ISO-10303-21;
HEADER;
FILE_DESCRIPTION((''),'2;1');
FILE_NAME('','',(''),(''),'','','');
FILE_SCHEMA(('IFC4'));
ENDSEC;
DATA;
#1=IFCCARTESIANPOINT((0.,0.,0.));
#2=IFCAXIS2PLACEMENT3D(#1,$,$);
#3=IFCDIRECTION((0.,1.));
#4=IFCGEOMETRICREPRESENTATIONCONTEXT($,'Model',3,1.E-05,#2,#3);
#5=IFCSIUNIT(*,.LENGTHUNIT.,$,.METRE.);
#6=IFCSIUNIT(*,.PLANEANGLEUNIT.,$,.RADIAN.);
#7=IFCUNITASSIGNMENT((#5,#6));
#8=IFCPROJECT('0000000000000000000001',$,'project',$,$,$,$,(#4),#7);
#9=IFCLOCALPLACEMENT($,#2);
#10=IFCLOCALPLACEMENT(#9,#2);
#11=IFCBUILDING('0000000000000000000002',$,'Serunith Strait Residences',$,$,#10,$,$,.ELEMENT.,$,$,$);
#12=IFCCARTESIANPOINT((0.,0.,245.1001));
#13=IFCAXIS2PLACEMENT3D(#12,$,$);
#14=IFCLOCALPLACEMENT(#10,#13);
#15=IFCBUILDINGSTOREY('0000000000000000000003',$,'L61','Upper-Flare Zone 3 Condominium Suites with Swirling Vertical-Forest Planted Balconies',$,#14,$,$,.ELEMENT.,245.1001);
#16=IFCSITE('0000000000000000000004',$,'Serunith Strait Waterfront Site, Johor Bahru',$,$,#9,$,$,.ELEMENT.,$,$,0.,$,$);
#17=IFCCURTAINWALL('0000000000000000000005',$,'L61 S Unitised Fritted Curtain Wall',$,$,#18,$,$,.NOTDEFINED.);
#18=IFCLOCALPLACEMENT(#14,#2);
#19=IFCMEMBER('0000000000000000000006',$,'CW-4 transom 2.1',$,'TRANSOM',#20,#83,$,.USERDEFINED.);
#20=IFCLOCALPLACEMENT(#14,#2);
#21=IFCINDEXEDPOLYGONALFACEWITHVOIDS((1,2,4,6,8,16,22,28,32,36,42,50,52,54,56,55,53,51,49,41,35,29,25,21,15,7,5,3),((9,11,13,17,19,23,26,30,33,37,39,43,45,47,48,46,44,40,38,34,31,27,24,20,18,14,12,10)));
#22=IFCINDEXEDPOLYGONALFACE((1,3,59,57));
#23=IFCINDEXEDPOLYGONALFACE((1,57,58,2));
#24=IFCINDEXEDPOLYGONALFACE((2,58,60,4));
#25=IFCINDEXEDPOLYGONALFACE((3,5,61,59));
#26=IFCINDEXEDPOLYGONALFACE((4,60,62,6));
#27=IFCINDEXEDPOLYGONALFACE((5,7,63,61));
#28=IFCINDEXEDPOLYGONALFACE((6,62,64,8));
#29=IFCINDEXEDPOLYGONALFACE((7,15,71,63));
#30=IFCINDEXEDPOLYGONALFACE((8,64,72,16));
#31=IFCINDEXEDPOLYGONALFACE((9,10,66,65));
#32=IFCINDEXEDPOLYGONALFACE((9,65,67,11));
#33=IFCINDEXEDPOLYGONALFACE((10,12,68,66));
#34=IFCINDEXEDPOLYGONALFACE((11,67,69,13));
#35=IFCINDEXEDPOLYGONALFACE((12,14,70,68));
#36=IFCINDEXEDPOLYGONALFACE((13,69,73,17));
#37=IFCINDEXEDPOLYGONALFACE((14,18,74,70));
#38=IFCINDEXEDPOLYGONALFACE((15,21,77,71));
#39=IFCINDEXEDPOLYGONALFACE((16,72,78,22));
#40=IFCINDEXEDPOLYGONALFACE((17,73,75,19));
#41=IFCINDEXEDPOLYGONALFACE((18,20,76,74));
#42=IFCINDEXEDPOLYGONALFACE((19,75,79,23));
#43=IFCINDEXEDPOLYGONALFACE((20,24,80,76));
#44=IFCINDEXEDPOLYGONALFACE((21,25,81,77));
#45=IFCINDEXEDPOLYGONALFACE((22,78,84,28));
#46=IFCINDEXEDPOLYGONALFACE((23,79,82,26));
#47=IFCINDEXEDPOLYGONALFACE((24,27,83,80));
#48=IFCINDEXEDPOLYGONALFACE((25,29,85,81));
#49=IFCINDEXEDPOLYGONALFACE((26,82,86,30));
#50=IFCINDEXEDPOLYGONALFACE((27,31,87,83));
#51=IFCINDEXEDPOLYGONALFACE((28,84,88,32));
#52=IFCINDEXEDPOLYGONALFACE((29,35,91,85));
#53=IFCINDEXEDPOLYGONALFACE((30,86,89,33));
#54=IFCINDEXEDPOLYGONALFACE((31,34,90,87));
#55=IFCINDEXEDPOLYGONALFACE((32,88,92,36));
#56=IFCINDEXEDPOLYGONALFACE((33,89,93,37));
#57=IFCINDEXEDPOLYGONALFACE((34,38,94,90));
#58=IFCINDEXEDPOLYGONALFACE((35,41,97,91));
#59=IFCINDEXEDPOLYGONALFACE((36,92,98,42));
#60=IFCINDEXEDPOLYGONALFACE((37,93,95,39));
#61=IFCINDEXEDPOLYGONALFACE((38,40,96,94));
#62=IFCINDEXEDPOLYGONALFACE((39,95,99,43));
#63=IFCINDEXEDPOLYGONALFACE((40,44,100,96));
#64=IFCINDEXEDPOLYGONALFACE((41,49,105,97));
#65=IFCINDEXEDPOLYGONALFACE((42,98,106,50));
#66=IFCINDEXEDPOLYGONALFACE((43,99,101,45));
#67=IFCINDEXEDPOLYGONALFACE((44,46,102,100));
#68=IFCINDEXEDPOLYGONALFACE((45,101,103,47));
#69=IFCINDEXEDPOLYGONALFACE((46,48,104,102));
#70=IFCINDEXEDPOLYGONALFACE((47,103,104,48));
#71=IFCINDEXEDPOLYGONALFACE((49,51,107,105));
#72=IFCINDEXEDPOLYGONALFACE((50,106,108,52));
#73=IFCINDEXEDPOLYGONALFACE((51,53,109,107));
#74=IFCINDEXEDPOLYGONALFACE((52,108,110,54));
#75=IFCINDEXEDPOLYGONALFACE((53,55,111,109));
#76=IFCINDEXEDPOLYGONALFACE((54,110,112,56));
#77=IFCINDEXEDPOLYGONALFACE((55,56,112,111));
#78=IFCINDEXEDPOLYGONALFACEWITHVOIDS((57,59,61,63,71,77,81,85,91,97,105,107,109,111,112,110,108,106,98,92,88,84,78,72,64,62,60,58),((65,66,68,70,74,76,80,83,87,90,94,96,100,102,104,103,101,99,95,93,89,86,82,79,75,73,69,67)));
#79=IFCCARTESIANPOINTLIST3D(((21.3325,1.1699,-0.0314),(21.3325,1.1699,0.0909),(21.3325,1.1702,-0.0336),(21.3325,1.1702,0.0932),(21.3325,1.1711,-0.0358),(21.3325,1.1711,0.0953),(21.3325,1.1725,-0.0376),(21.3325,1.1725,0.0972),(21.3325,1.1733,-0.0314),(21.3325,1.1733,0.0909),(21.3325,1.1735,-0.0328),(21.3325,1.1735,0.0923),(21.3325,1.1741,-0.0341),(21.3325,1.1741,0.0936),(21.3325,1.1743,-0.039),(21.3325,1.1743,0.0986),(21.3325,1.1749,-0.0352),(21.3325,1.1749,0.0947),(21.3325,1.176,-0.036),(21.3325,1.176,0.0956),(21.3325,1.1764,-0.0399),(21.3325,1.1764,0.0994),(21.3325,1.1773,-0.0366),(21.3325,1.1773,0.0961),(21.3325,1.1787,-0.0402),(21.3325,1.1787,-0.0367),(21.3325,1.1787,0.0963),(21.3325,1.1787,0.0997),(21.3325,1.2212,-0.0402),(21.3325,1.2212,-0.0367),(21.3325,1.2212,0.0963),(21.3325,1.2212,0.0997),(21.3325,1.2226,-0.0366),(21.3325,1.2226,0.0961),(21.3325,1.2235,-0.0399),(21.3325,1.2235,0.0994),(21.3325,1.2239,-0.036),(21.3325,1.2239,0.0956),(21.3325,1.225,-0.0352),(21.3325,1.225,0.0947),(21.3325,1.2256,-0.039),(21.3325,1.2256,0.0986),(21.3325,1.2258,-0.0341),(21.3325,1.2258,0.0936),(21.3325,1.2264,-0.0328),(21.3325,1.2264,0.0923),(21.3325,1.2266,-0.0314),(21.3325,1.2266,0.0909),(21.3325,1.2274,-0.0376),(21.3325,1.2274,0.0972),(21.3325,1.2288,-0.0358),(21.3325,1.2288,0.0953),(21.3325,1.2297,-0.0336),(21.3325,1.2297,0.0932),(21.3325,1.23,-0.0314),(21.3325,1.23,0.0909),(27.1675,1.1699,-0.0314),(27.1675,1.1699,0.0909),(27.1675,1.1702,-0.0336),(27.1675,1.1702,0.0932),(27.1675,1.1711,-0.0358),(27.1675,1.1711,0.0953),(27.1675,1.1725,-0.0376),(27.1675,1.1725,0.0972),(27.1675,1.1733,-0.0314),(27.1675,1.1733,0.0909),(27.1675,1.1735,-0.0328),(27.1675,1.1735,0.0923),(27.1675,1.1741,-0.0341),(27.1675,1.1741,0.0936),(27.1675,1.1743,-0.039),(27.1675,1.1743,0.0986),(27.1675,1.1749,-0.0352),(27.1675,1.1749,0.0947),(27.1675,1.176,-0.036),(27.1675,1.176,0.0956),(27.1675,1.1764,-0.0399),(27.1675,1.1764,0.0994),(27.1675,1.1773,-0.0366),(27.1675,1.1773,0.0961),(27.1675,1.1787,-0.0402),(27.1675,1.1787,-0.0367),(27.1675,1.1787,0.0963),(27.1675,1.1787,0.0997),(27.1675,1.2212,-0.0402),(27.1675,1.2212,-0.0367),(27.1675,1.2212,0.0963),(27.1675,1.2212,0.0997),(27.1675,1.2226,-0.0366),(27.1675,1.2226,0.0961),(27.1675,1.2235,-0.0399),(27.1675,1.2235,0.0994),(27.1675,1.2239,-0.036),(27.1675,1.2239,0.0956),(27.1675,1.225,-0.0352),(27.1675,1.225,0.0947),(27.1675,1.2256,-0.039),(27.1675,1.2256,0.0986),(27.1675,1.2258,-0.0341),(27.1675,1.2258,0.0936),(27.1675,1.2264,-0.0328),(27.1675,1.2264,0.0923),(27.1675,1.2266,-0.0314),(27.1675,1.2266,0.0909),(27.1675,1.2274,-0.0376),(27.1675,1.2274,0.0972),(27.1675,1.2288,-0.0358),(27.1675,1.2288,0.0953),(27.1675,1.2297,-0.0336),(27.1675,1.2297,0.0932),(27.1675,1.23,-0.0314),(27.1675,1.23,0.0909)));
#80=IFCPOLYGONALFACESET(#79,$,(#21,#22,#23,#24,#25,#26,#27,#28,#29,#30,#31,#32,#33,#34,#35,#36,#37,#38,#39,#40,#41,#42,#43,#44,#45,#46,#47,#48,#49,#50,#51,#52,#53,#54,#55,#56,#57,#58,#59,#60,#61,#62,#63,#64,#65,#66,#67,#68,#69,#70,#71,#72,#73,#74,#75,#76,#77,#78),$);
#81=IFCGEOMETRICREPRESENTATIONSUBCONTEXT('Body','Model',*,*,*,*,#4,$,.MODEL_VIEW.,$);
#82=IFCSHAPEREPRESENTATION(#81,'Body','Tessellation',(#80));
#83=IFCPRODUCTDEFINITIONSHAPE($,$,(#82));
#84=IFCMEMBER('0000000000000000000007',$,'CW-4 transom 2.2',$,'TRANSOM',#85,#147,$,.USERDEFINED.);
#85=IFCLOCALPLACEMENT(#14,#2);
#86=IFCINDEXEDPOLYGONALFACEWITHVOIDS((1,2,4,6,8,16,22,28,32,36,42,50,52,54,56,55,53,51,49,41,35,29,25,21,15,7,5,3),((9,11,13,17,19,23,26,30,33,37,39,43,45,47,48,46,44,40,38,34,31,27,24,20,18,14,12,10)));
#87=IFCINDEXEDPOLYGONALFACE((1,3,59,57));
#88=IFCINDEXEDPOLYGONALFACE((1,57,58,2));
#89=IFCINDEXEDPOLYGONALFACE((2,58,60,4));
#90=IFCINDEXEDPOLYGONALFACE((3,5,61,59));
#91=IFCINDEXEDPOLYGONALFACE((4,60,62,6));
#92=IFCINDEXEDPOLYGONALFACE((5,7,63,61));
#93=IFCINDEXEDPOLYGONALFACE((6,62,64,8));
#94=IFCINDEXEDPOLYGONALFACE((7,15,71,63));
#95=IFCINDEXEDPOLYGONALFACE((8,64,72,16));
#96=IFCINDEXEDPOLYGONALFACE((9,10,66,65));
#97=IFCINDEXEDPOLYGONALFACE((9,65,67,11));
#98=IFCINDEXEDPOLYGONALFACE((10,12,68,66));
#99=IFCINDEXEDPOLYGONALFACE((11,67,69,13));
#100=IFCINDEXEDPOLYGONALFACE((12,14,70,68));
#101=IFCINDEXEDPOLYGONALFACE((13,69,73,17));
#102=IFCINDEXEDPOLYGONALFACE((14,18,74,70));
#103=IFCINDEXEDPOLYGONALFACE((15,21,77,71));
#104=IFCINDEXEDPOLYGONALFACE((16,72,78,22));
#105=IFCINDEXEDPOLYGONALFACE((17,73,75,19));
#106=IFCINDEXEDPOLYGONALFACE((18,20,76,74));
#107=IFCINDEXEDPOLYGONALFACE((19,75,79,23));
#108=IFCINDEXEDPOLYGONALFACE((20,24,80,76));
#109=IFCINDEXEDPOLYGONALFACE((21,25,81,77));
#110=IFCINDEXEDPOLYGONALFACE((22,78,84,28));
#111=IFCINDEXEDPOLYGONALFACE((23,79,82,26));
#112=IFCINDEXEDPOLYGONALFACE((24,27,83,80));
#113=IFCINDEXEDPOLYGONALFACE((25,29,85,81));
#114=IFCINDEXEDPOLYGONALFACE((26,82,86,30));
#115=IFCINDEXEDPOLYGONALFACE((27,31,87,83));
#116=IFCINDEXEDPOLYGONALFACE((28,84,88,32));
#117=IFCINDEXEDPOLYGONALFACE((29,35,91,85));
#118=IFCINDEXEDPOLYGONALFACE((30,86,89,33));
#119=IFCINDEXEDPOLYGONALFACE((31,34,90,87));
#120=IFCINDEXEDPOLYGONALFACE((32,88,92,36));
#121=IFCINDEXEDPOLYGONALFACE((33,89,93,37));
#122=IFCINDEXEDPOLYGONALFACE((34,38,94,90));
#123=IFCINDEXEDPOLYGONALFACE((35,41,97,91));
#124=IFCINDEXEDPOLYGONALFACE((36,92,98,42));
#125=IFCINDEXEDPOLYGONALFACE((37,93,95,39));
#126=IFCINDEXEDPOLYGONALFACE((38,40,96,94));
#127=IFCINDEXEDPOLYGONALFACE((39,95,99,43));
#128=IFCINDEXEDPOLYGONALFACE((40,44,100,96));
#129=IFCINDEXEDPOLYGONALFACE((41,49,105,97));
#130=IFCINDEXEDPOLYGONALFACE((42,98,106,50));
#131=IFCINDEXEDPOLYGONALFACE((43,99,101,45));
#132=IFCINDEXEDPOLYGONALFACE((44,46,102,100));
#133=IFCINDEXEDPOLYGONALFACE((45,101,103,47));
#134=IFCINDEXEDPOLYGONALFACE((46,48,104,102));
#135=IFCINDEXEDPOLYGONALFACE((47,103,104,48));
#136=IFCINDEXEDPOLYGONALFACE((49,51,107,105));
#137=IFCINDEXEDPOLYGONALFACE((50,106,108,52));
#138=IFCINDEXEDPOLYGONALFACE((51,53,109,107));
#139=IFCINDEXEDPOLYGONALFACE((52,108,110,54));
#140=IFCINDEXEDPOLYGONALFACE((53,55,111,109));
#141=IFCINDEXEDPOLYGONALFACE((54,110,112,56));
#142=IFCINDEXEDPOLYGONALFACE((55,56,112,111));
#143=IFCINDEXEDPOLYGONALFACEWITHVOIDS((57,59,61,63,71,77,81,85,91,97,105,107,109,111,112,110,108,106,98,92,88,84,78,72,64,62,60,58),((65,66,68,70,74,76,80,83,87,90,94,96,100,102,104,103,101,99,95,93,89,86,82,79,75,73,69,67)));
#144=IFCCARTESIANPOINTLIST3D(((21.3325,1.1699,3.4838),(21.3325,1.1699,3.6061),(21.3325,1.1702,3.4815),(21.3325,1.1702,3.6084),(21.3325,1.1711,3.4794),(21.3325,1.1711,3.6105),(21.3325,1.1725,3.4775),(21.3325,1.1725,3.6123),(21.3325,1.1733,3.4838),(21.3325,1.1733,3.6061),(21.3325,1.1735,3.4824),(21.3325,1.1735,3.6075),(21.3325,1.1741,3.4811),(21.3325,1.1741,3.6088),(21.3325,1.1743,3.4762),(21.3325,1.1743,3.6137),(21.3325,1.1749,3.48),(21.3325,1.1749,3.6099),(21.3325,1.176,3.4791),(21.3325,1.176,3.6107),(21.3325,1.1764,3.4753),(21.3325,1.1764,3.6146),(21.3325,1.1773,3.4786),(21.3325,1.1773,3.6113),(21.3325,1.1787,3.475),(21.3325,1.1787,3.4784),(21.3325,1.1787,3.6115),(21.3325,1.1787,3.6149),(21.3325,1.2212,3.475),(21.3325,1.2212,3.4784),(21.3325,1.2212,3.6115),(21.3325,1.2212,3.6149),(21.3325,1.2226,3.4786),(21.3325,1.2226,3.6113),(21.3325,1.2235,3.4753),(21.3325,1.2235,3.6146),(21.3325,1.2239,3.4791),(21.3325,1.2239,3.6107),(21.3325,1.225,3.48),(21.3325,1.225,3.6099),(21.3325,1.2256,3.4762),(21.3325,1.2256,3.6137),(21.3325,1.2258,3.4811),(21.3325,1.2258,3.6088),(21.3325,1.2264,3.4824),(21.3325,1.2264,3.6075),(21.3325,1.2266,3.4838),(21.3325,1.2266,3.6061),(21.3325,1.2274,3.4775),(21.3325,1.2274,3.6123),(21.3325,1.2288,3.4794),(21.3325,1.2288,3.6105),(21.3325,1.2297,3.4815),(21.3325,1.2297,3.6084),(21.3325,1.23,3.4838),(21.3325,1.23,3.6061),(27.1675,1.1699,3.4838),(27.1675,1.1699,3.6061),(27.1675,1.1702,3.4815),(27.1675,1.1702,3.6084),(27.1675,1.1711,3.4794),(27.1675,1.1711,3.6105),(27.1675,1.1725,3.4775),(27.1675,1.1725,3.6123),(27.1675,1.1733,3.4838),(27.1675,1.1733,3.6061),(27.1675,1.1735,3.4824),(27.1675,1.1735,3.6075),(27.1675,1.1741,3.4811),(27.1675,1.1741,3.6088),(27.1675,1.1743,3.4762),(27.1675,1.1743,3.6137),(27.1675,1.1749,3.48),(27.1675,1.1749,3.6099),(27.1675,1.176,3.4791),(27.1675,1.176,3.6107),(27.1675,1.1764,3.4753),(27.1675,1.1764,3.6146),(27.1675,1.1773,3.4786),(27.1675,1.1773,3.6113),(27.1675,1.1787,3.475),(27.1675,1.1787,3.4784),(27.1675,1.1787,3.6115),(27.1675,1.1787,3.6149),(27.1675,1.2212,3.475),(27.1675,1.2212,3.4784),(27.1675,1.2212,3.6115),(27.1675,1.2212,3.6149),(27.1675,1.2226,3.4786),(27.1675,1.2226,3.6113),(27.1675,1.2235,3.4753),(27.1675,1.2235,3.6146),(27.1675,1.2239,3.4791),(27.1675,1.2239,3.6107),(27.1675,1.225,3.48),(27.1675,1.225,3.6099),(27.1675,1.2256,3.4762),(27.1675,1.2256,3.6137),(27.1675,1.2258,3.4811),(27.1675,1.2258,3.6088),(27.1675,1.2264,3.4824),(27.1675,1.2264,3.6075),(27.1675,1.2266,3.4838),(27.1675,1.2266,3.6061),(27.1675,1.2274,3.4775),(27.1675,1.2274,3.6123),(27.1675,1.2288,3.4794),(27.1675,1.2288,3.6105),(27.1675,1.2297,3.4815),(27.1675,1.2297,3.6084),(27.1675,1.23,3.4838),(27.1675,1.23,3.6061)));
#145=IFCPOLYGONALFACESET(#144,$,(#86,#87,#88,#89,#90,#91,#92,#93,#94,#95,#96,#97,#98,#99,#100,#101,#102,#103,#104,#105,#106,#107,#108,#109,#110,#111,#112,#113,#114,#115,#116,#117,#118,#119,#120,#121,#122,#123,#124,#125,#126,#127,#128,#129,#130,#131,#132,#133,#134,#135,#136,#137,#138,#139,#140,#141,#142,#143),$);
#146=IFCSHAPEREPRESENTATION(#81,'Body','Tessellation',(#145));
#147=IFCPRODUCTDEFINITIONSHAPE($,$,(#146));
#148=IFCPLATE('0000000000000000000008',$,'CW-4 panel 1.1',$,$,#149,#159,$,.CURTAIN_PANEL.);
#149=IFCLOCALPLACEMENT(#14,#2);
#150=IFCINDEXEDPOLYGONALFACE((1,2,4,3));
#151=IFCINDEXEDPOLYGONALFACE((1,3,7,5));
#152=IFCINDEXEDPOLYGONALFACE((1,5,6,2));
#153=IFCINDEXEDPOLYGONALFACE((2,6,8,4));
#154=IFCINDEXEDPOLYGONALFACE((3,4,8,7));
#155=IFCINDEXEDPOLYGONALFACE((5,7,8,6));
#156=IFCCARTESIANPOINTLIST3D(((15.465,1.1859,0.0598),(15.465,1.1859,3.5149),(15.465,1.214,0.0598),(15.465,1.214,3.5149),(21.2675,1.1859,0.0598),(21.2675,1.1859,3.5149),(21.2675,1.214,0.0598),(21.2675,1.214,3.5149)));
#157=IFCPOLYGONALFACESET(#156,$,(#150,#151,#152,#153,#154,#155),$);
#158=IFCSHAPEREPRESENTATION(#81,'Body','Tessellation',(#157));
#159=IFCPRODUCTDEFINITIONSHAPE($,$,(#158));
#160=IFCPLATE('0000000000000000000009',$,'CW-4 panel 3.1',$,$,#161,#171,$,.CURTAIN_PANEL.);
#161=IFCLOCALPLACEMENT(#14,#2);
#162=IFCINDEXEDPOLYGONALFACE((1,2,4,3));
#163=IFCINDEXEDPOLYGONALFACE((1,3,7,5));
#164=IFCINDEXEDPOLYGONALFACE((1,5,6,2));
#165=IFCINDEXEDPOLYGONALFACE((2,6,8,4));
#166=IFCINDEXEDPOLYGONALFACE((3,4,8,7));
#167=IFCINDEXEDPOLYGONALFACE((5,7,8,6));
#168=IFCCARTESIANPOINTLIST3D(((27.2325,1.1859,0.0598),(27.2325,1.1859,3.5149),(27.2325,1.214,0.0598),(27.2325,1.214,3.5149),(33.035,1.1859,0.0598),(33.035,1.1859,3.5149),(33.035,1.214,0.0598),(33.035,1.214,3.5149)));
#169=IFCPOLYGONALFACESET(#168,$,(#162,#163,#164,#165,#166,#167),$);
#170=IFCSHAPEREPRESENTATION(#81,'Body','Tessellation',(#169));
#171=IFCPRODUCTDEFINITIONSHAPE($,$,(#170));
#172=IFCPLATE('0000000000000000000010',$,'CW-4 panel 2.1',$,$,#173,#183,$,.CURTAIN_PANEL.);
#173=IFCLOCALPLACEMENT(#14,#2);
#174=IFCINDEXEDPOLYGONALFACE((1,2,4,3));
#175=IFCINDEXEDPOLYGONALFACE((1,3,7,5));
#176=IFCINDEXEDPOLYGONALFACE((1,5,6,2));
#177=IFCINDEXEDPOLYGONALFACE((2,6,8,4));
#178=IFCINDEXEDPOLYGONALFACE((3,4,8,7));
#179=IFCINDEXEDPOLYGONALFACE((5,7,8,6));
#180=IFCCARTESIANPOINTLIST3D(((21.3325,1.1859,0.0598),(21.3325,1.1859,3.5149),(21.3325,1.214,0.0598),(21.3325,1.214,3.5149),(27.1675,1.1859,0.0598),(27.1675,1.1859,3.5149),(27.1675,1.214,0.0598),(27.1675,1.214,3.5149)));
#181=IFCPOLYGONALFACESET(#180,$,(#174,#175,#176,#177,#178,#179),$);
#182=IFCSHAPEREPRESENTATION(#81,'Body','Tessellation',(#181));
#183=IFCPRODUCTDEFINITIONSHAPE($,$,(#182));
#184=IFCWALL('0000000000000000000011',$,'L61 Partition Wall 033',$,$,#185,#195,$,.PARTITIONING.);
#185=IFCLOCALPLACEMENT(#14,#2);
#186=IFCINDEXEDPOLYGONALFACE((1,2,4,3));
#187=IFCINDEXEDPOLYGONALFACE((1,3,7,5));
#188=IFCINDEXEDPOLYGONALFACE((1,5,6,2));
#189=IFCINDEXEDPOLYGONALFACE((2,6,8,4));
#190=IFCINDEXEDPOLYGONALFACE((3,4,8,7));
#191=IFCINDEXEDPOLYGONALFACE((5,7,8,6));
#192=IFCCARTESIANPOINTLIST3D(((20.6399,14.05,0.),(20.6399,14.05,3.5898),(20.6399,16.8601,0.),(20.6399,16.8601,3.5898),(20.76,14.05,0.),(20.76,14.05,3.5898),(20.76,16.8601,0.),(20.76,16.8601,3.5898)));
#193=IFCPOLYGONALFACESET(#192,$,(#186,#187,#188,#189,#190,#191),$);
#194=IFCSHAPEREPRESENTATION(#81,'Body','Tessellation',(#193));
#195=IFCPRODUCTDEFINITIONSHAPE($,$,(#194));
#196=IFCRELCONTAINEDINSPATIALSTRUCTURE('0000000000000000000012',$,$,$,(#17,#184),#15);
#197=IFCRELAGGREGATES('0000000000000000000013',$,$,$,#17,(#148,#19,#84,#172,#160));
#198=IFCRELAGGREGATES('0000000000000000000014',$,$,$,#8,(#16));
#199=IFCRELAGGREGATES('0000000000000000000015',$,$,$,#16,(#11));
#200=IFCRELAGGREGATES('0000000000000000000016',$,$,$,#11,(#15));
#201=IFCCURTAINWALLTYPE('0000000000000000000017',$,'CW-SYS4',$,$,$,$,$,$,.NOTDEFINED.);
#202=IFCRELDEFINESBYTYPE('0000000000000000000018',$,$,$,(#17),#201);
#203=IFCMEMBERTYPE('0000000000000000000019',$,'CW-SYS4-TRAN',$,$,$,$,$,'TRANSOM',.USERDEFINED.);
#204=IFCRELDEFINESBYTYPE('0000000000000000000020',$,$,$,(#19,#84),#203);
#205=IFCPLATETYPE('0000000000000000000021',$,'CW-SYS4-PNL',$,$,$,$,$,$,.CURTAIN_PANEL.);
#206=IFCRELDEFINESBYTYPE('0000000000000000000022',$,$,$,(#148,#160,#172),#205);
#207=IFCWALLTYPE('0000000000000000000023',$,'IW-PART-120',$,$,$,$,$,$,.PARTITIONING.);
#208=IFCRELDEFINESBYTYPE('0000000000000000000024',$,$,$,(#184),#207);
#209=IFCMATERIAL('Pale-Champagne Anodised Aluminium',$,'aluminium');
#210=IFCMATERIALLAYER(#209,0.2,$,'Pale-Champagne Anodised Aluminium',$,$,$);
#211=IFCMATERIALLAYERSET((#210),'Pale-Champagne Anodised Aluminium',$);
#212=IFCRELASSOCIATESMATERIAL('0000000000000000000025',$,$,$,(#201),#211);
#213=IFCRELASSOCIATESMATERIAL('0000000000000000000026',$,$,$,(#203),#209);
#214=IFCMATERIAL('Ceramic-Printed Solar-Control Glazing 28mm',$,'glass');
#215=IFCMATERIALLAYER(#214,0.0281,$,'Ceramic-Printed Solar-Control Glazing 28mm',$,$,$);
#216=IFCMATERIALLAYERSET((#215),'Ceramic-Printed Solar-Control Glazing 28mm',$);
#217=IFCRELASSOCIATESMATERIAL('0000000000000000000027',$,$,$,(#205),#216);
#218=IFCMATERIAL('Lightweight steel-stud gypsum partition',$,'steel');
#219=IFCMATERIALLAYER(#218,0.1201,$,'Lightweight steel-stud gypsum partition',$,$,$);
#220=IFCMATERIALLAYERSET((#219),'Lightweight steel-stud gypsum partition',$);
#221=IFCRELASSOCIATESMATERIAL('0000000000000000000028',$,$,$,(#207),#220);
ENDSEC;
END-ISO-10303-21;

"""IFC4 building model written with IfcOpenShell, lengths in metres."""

from ifc_helpers import new_model, si_unit, direction, frame, frame_2d, origin, origin_2d, place, context, subcontext, project, spatial, rectangle, hollow_rectangle, extrude, source, transform, mapped, material, layer, layer_set, material_profile, profile_set, type_object, element, aggregate, save


model = new_model("IFC4")

# Units and contexts
model_context = context("Model", 3, precision=1e-05, world=origin(), true_north=direction((0.0, 1.0)))
body_context = subcontext(model_context, "Body", "Model", "MODEL_VIEW")
ifc_project = project(units=[si_unit("LENGTHUNIT", "METRE"), si_unit("PLANEANGLEUNIT", "RADIAN")], contexts=[model_context])

# Site, building, storey
site_placement = place(None, origin())
site = spatial("IfcSite", under=ifc_project, at=site_placement, Name="Serunith Strait Waterfront Site, Johor Bahru", CompositionType="ELEMENT", RefElevation=0.0)
building_placement = place(site_placement, origin())
building = spatial("IfcBuilding", under=site, at=building_placement, Name="Serunith Strait Residences", CompositionType="ELEMENT")
storey_placement = place(building_placement, frame((0.0, 0.0, 245.1001)))
storey = spatial("IfcBuildingStorey", under=building, at=storey_placement, Name="L61", Description="Upper-Flare Zone 3 Condominium Suites with Swirling Vertical-Forest Planted Balconies", CompositionType="ELEMENT", Elevation=245.1001)

# Curtain wall, members, plates
ifc_material_1 = material(Name="Pale-Champagne Anodised Aluminium", Category="aluminium")
ifc_layer_1 = layer(ifc_material_1, 0.2, Name="Pale-Champagne Anodised Aluminium")
ifc_layer_set_1 = layer_set([ifc_layer_1], Name="Pale-Champagne Anodised Aluminium")
curtain_wall_type = type_object("IfcCurtainWallType", Name="CW-SYS4", PredefinedType="NOTDEFINED", material=ifc_layer_set_1)
curtain_wall_placement = place(storey_placement, origin())
curtain_wall = element("IfcCurtainWall", 1, at=curtain_wall_placement, inside=storey, type_object=curtain_wall_type, Name="L61 S Unitised Fritted Curtain Wall", PredefinedType="NOTDEFINED")
ifc_material_profile_1 = material_profile(ifc_material_1, hollow_rectangle(XDim=0.0601, YDim=0.1399, WallThickness=0.0034, InnerFilletRadius=0.0054, OuterFilletRadius=0.0088, at=origin_2d()), Name="ALU 140x60x3.5")
ifc_profile_set_1 = profile_set([ifc_material_profile_1], Name="Pale-Champagne Anodised Aluminium")
member_type_1 = type_object("IfcMemberType", Name="CW-SYS4-TRAN", ElementType="TRANSOM", PredefinedType="USERDEFINED", material=ifc_profile_set_1)
shared_shape_1 = source(origin(), body_context, "Body", "SweptSolid", [
    extrude(hollow_rectangle(XDim=0.0601, YDim=0.1399, WallThickness=0.0034, InnerFilletRadius=0.0054, OuterFilletRadius=0.0088, at=origin_2d()), origin(), (0.0, 0.0, 1.0), 5.835),
])
member_1_placement = place(storey_placement, frame((21.3325, 1.2, 0.0298), z_axis=(1.0, 0.0, 0.0), x_axis=(0.0, 1.0, 0.0)))
member_1 = element("IfcMember", 2, at=member_1_placement, type_object=member_type_1, Name="CW-4 transom 2.1", ObjectType="TRANSOM", PredefinedType="USERDEFINED", context=body_context, shape_type="MappedRepresentation", body=[
    mapped(shared_shape_1, transform((0.0, 0.0, 0.0), scale=1.0)),
])
member_2_placement = place(storey_placement, frame((21.3325, 1.2, 3.5449), z_axis=(1.0, 0.0, 0.0), x_axis=(0.0, 1.0, 0.0)))
member_2 = element("IfcMember", 3, at=member_2_placement, type_object=member_type_1, Name="CW-4 transom 2.2", ObjectType="TRANSOM", PredefinedType="USERDEFINED", context=body_context, shape_type="MappedRepresentation", body=[
    mapped(shared_shape_1, transform((0.0, 0.0, 0.0), scale=1.0)),
])
ifc_material_2 = material(Name="Ceramic-Printed Solar-Control Glazing 28mm", Category="glass")
ifc_layer_2 = layer(ifc_material_2, 0.0281, Name="Ceramic-Printed Solar-Control Glazing 28mm")
ifc_layer_set_2 = layer_set([ifc_layer_2], Name="Ceramic-Printed Solar-Control Glazing 28mm")
plate_type = type_object("IfcPlateType", Name="CW-SYS4-PNL", PredefinedType="CURTAIN_PANEL", material=ifc_layer_set_2)
shared_shape_2 = source(origin(), body_context, "Body", "SweptSolid", [
    extrude(rectangle(XDim=5.8025, YDim=0.0281, at=origin_2d()), origin(), (0.0, 0.0, 1.0), 3.4551),
])
plate_1_placement = place(storey_placement, frame((18.3662, 1.2, 0.0598), z_axis=(0.0, 0.0, 1.0), x_axis=(1.0, 0.0, 0.0)))
plate_1 = element("IfcPlate", 4, at=plate_1_placement, type_object=plate_type, Name="CW-4 panel 1.1", PredefinedType="CURTAIN_PANEL", context=body_context, shape_type="MappedRepresentation", body=[
    mapped(shared_shape_2, transform((0.0, 0.0, 0.0), scale=1.0)),
])
plate_2_placement = place(storey_placement, frame((30.1338, 1.2, 0.0598), z_axis=(0.0, 0.0, 1.0), x_axis=(1.0, 0.0, 0.0)))
plate_2 = element("IfcPlate", 5, at=plate_2_placement, type_object=plate_type, Name="CW-4 panel 3.1", PredefinedType="CURTAIN_PANEL", context=body_context, shape_type="MappedRepresentation", body=[
    mapped(shared_shape_2, transform((0.0, 0.0, 0.0), scale=1.0)),
])
shared_shape_3 = source(origin(), body_context, "Body", "SweptSolid", [
    extrude(rectangle(XDim=5.835, YDim=0.0281, at=origin_2d()), origin(), (0.0, 0.0, 1.0), 3.4551),
])
plate_3_placement = place(storey_placement, frame((24.25, 1.2, 0.0598), z_axis=(0.0, 0.0, 1.0), x_axis=(1.0, 0.0, 0.0)))
plate_3 = element("IfcPlate", 6, at=plate_3_placement, type_object=plate_type, Name="CW-4 panel 2.1", PredefinedType="CURTAIN_PANEL", context=body_context, shape_type="MappedRepresentation", body=[
    mapped(shared_shape_3, transform((0.0, 0.0, 0.0), scale=1.0)),
])
aggregate(curtain_wall, [plate_1, member_1, member_2, plate_3, plate_2])

# Wall
ifc_material_3 = material(Name="Lightweight steel-stud gypsum partition", Category="steel")
ifc_layer_3 = layer(ifc_material_3, 0.1201, Name="Lightweight steel-stud gypsum partition")
ifc_layer_set_3 = layer_set([ifc_layer_3], Name="Lightweight steel-stud gypsum partition")
wall_type = type_object("IfcWallType", Name="IW-PART-120", PredefinedType="PARTITIONING", material=ifc_layer_set_3)
wall_1_placement = place(storey_placement, frame((20.7, 14.05, 0.0), z_axis=(0.0, 0.0, 1.0), x_axis=(0.0, 1.0, 0.0)))
element("IfcWall", 7, at=wall_1_placement, inside=storey, type_object=wall_type, Name="L61 Partition Wall 033", PredefinedType="PARTITIONING", context=body_context, shape_type="SweptSolid", body=[
    extrude(rectangle(XDim=2.8101, YDim=0.1201, at=frame_2d((1.405, 0.0))), origin(), (0.0, 0.0, 1.0), 3.5898),
])

save(model, "model.ifc")
